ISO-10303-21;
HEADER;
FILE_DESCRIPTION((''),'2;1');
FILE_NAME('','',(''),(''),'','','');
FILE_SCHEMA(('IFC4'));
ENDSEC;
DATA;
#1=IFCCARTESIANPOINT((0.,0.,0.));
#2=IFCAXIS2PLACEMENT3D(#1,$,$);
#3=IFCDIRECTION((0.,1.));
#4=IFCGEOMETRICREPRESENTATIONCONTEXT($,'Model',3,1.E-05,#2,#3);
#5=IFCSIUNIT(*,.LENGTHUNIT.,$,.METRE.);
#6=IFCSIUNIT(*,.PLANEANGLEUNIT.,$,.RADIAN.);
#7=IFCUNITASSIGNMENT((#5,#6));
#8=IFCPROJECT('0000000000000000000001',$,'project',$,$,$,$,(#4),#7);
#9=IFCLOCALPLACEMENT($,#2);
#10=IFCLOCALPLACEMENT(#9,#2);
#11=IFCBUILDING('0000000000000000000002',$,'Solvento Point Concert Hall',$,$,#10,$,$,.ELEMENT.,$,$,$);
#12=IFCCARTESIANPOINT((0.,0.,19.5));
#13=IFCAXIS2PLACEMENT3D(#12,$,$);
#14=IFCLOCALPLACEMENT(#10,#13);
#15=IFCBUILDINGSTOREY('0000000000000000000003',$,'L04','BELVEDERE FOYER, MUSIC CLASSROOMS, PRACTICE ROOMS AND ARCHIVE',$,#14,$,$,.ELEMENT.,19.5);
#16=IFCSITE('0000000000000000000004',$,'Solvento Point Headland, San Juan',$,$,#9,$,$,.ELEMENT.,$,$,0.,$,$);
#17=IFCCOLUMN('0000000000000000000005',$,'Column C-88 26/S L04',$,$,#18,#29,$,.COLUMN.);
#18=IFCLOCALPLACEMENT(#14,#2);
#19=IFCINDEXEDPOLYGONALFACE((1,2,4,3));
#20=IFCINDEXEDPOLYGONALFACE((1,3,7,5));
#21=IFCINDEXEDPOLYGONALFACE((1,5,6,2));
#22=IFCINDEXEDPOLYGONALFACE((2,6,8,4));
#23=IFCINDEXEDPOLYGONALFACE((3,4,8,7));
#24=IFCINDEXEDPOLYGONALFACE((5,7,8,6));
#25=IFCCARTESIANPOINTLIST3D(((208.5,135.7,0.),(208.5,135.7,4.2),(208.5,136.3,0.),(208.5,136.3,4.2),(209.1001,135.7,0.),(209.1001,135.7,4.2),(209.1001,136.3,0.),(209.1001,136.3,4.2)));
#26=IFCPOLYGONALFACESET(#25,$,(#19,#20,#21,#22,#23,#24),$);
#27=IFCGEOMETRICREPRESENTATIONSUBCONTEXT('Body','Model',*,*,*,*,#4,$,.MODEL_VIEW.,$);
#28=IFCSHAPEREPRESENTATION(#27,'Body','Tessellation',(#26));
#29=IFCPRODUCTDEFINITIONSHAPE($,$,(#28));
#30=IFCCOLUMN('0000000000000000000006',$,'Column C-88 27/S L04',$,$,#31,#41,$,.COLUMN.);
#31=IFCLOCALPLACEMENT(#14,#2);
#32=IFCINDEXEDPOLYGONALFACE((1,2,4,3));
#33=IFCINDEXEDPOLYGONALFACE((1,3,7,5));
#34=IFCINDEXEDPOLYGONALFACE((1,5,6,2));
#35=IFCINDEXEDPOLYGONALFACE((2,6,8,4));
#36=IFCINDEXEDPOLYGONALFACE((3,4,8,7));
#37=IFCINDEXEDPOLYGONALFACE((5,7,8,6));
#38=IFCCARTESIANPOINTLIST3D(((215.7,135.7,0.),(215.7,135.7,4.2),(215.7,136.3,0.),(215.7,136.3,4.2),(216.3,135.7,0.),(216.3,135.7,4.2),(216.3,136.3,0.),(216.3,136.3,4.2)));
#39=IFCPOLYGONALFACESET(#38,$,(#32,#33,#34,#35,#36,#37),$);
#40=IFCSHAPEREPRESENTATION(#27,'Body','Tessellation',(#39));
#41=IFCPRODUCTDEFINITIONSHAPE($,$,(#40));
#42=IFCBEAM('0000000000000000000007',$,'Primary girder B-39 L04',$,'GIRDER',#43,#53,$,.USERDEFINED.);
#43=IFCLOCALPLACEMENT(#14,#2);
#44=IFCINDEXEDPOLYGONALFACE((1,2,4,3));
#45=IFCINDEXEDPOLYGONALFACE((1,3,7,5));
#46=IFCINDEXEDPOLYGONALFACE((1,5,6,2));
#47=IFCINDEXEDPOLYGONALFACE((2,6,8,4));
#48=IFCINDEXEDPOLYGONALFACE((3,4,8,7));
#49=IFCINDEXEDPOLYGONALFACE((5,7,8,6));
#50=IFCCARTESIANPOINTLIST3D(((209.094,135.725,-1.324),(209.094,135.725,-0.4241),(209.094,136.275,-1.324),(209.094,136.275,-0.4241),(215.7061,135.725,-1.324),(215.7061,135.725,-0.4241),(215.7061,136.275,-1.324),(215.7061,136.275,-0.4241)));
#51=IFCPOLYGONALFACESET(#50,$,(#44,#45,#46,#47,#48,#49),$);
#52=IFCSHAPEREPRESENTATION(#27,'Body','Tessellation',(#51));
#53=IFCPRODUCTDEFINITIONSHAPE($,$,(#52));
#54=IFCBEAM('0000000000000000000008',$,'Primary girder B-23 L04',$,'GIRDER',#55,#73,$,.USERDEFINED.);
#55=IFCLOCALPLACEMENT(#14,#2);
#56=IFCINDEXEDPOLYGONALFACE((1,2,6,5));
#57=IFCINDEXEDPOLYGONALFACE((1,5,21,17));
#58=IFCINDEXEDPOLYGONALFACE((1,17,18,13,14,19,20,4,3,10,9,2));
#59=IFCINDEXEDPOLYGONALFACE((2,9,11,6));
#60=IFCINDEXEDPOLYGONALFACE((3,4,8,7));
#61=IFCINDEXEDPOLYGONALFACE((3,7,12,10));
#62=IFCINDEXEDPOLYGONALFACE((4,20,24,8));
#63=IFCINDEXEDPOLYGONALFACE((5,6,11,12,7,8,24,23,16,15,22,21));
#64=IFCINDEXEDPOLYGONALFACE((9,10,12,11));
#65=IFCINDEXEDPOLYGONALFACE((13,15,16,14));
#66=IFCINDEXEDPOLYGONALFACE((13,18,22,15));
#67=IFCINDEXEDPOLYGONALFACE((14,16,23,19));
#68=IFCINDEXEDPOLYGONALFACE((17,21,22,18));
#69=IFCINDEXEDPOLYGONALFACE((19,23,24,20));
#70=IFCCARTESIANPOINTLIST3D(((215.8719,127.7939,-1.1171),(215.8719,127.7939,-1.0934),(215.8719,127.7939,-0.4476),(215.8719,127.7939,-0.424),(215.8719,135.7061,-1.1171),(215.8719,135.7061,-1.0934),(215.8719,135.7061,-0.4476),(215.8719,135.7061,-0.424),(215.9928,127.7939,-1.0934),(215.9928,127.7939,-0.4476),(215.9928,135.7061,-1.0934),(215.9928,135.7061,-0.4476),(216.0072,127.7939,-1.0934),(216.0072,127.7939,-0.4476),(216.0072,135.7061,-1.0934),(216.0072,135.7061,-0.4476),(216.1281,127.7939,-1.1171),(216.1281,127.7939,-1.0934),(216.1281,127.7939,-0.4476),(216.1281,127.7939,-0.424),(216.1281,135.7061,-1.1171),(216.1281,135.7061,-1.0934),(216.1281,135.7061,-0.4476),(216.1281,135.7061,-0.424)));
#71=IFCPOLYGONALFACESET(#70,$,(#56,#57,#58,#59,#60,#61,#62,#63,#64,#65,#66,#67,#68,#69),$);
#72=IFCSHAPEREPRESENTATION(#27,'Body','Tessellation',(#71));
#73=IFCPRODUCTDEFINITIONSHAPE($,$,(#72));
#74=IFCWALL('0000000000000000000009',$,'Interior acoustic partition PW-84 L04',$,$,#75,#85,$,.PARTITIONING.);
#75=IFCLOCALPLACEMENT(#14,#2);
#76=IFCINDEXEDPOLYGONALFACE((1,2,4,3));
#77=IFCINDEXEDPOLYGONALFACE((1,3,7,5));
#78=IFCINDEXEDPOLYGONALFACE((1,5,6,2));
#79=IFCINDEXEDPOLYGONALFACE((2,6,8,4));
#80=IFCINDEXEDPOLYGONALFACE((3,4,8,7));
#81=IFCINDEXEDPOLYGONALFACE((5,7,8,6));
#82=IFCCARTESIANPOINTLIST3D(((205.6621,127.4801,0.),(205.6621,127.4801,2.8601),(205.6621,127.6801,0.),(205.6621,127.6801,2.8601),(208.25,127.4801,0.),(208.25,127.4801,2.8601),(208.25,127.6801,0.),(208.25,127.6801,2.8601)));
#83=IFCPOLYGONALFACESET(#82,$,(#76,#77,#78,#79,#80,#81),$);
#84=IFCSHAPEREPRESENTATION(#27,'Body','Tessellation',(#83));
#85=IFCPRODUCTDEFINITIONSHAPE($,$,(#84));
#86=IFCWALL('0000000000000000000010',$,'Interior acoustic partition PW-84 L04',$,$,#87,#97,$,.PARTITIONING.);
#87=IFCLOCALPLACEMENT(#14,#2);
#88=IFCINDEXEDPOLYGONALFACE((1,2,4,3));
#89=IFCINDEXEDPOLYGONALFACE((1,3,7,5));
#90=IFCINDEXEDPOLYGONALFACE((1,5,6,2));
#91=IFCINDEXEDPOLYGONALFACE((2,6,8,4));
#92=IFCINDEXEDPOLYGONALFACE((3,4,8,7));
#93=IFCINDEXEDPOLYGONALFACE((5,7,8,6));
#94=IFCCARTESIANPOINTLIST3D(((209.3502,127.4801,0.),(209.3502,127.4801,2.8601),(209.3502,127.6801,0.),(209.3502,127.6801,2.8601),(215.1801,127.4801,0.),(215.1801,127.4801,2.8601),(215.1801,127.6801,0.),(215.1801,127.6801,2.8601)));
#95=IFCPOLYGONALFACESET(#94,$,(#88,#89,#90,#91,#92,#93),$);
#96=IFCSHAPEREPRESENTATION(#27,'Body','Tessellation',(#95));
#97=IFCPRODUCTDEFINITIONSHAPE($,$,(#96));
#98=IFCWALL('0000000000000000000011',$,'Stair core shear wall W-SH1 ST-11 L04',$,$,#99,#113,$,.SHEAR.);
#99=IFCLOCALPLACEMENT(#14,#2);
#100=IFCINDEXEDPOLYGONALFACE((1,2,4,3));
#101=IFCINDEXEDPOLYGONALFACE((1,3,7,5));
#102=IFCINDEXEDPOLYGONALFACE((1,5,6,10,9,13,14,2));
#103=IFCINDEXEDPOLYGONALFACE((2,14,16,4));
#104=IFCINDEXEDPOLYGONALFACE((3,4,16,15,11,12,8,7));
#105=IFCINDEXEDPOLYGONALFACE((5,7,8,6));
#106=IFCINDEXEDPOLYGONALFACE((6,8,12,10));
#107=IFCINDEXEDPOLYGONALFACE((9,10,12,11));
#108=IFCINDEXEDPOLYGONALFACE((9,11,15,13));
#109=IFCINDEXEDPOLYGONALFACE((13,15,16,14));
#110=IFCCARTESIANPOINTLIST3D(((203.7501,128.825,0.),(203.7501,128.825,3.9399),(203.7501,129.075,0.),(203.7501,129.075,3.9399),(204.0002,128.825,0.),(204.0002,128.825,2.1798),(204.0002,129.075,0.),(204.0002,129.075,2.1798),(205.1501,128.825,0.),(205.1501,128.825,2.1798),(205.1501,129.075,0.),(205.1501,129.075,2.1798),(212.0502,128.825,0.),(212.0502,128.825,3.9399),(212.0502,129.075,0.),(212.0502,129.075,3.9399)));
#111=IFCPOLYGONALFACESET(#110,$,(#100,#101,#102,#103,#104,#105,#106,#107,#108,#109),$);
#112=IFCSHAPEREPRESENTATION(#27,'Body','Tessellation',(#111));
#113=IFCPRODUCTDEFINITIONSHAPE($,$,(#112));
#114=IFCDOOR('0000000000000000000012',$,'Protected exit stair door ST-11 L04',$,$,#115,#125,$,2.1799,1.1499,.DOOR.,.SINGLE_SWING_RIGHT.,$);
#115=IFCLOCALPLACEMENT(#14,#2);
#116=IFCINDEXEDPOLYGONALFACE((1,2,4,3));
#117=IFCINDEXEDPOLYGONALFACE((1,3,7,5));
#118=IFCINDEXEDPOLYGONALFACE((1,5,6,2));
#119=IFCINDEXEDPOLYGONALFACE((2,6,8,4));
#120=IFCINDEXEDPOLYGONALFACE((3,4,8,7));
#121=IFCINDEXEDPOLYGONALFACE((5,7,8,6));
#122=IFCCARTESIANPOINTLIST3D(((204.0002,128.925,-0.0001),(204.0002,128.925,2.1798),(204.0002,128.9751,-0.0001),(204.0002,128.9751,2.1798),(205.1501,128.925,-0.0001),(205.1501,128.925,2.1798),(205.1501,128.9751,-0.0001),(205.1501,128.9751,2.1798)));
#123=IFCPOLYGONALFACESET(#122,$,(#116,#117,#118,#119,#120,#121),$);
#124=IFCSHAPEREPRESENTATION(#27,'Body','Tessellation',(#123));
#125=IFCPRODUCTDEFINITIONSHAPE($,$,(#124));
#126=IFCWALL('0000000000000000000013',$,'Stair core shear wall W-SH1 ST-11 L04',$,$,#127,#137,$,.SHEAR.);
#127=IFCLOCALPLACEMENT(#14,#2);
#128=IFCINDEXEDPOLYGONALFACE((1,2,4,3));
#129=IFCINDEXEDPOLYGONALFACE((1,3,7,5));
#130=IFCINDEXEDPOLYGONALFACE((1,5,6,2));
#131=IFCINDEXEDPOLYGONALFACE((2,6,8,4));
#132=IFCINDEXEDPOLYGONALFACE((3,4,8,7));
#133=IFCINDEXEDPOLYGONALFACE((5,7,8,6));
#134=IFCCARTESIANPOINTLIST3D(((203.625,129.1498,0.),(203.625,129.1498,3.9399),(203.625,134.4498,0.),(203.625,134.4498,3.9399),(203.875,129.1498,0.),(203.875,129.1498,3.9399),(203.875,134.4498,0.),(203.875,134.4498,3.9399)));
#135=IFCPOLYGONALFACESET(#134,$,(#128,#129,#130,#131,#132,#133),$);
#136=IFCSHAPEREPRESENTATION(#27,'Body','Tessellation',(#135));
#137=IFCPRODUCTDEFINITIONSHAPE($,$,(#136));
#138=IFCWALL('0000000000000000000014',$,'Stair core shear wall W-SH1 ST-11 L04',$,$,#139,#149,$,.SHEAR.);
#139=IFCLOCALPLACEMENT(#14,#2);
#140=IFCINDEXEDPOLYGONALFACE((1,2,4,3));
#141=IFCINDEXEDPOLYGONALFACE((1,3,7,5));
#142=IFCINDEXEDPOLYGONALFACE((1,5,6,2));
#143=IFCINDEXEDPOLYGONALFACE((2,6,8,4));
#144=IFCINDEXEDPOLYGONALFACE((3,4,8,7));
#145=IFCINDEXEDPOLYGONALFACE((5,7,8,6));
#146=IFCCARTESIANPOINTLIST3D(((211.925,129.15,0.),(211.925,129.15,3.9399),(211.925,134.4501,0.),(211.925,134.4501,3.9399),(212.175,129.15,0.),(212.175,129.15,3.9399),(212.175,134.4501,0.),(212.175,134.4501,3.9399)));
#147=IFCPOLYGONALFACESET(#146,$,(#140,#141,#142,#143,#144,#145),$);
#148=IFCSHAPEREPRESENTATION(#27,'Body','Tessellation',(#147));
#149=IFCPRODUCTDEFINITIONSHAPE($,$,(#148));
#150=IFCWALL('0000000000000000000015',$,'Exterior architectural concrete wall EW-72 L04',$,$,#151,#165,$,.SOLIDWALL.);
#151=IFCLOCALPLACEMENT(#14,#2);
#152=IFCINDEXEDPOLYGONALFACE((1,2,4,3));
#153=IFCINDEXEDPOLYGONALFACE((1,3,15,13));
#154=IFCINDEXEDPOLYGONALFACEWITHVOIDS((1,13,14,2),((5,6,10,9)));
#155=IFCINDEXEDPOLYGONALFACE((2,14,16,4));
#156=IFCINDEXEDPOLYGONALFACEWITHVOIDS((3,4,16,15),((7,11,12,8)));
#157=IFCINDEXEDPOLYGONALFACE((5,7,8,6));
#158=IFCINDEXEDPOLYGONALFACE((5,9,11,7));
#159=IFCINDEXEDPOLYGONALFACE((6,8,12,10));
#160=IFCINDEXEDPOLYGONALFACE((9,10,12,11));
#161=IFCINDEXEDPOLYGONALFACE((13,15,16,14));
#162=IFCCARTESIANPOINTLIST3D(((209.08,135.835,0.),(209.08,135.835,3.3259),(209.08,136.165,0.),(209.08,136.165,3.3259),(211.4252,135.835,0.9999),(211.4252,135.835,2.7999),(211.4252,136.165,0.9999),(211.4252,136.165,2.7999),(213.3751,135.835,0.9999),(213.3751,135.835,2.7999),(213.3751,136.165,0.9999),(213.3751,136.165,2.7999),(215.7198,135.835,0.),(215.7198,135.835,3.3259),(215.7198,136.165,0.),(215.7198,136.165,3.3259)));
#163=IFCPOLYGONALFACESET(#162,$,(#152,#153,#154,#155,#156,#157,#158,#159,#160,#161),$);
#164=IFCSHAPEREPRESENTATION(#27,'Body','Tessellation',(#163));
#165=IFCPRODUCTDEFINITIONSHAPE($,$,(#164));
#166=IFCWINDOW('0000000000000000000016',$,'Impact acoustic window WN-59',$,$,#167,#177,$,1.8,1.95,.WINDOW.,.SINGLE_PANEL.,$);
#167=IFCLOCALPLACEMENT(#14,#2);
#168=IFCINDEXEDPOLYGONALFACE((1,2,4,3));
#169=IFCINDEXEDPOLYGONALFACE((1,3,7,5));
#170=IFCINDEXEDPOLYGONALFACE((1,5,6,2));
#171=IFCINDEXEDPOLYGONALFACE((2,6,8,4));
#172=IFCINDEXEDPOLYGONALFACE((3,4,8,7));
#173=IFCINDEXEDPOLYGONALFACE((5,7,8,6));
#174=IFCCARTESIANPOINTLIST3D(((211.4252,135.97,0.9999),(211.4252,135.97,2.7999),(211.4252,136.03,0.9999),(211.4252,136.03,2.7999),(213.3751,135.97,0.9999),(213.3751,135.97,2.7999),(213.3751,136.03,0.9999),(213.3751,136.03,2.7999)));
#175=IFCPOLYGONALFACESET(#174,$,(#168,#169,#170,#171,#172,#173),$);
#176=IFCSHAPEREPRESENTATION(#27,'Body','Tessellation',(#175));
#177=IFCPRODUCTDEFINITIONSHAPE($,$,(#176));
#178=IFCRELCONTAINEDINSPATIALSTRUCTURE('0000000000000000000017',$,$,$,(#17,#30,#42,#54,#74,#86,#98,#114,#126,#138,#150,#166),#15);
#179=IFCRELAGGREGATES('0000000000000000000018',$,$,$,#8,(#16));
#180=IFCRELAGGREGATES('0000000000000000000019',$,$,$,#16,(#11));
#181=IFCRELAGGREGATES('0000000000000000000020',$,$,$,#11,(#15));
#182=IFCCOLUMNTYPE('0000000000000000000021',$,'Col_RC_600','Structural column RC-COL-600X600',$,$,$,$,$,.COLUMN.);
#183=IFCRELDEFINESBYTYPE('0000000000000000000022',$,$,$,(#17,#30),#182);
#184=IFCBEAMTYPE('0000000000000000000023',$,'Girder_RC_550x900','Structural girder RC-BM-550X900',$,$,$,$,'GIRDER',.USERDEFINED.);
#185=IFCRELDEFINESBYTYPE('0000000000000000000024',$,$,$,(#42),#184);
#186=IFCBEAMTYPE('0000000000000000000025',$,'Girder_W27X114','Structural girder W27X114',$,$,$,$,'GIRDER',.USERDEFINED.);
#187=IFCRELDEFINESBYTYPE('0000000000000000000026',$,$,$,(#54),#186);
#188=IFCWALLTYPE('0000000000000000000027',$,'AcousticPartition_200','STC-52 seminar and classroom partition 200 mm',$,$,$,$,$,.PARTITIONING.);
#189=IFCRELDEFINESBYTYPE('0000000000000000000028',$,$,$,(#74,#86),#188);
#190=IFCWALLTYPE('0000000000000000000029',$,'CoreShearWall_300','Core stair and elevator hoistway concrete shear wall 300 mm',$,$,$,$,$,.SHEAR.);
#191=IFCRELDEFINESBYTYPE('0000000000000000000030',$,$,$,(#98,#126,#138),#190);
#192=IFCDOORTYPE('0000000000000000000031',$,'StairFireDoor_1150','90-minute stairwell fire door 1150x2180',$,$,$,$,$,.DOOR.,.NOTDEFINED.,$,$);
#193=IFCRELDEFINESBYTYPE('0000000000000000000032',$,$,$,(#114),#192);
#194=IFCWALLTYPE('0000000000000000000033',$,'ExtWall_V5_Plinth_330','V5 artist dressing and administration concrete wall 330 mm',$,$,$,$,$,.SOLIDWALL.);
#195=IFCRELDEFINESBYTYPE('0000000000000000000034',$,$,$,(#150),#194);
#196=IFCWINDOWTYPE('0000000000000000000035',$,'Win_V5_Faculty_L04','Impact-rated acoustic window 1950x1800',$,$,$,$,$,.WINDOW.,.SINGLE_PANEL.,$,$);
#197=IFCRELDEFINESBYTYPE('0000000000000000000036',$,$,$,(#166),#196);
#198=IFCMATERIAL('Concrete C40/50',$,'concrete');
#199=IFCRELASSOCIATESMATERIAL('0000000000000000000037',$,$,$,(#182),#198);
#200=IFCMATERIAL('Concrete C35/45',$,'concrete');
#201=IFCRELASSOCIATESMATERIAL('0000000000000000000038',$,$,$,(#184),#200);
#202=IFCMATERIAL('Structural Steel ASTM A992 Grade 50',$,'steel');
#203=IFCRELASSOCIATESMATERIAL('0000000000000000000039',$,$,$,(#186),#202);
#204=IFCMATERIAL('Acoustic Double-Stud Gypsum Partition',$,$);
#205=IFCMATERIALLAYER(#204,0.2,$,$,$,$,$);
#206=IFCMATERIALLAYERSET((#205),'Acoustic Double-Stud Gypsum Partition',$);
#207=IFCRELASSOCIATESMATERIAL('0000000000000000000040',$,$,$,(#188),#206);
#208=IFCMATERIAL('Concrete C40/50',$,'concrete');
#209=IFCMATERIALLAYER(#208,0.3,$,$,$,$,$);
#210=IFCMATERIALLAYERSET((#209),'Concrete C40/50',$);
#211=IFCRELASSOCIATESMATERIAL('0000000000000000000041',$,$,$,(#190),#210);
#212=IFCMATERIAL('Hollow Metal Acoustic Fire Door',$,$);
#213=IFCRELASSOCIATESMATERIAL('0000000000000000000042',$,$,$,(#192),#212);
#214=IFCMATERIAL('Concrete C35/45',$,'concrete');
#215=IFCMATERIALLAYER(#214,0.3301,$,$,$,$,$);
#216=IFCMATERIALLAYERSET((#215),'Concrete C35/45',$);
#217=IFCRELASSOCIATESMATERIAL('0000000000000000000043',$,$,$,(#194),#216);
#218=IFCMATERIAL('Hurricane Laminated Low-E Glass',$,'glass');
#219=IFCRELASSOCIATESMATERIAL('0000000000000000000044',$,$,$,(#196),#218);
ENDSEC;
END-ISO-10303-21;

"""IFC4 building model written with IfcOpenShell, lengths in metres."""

from ifc_helpers import new_model, si_unit, direction, frame, frame_2d, origin, origin_2d, place, context, subcontext, project, spatial, rectangle, i_section, extrude, material, layer, layer_set, material_profile, profile_set, type_object, element, fill, save


model = new_model("IFC4")

# Units and contexts
model_context = context("Model", 3, precision=1e-05, world=origin(), true_north=direction((0.0, 1.0)))
body_context = subcontext(model_context, "Body", "Model", "MODEL_VIEW")
ifc_project = project(units=[si_unit("LENGTHUNIT", "METRE"), si_unit("PLANEANGLEUNIT", "RADIAN")], contexts=[model_context])

# Site, building, storey
site_placement = place(None, origin())
site = spatial("IfcSite", under=ifc_project, at=site_placement, Name="Solvento Point Headland, San Juan", CompositionType="ELEMENT", RefElevation=0.0)
building_placement = place(site_placement, origin())
building = spatial("IfcBuilding", under=site, at=building_placement, Name="Solvento Point Concert Hall", CompositionType="ELEMENT")
storey_placement = place(building_placement, frame((0.0, 0.0, 19.5)))
storey = spatial("IfcBuildingStorey", under=building, at=storey_placement, Name="L04", Description="BELVEDERE FOYER, MUSIC CLASSROOMS, PRACTICE ROOMS AND ARCHIVE", CompositionType="ELEMENT", Elevation=19.5)

# Columns
ifc_material_1 = material(Name="Concrete C40/50", Category="concrete")
ifc_material_profile_1 = material_profile(ifc_material_1, rectangle(XDim=0.6001, YDim=0.6001, at=origin_2d()), Name="RC-COL-600X600")
ifc_profile_set_1 = profile_set([ifc_material_profile_1], Name="Concrete C40/50")
column_type = type_object("IfcColumnType", Name="Col_RC_600", Description="Structural column RC-COL-600X600", PredefinedType="COLUMN", material=ifc_profile_set_1)
for number, where, z_axis, x_axis, name in (
    (1, (208.8, 136.0, 0.0), (0.0, 0.0, 1.0), (1.0, 0.0, 0.0), "Column C-88 26/S L04"),
    (2, (216.0, 136.0, 0.0), (0.0, 0.0, 1.0), (1.0, 0.0, 0.0), "Column C-88 27/S L04"),
):
    element("IfcColumn", number, at=place(storey_placement, frame(where, z_axis=z_axis, x_axis=x_axis)), inside=storey, type_object=column_type, Name=name, PredefinedType="COLUMN", context=body_context, shape_type="SweptSolid", body=[
        extrude(rectangle(XDim=0.6001, YDim=0.6001, at=origin_2d()), origin(), (0.0, 0.0, 1.0), 4.2),
    ])

# Beams
ifc_material_2 = material(Name="Concrete C35/45", Category="concrete")
ifc_material_profile_2 = material_profile(ifc_material_2, rectangle(XDim=0.55, YDim=0.8999, at=origin_2d()), Name="RC-BM-550X900")
ifc_profile_set_2 = profile_set([ifc_material_profile_2], Name="Concrete C35/45")
beam_type_1 = type_object("IfcBeamType", Name="Girder_RC_550x900", Description="Structural girder RC-BM-550X900", ElementType="GIRDER", PredefinedType="USERDEFINED", material=ifc_profile_set_2)
beam_1_placement = place(storey_placement, frame((209.094, 136.0, -0.874), z_axis=(1.0, 0.0, 0.0), x_axis=(0.0, 1.0, 0.0)))
element("IfcBeam", 3, at=beam_1_placement, inside=storey, type_object=beam_type_1, Name="Primary girder B-39 L04", ObjectType="GIRDER", PredefinedType="USERDEFINED", context=body_context, shape_type="SweptSolid", body=[
    extrude(rectangle(XDim=0.55, YDim=0.8999, at=origin_2d()), origin(), (0.0, 0.0, 1.0), 6.6121),
])
ifc_material_3 = material(Name="Structural Steel ASTM A992 Grade 50", Category="steel")
ifc_material_profile_3 = material_profile(ifc_material_3, i_section(OverallWidth=0.2561, OverallDepth=0.6931, WebThickness=0.0144, FlangeThickness=0.0237, at=origin_2d()), Name="W27X114")
ifc_profile_set_3 = profile_set([ifc_material_profile_3], Name="Structural Steel ASTM A992 Grade 50")
beam_type_2 = type_object("IfcBeamType", Name="Girder_W27X114", Description="Structural girder W27X114", ElementType="GIRDER", PredefinedType="USERDEFINED", material=ifc_profile_set_3)
beam_2_placement = place(storey_placement, frame((216.0, 127.7939, -0.7705), z_axis=(0.0, 1.0, 0.0), x_axis=(-1.0, 0.0, 0.0)))
element("IfcBeam", 4, at=beam_2_placement, inside=storey, type_object=beam_type_2, Name="Primary girder B-23 L04", ObjectType="GIRDER", PredefinedType="USERDEFINED", context=body_context, shape_type="SweptSolid", body=[
    extrude(i_section(OverallWidth=0.2561, OverallDepth=0.6931, WebThickness=0.0144, FlangeThickness=0.0237, at=origin_2d()), origin(), (0.0, 0.0, 1.0), 7.9121),
])

# Walls
ifc_material_4 = material(Name="Acoustic Double-Stud Gypsum Partition")
ifc_layer_1 = layer(ifc_material_4, 0.2)
ifc_layer_set_1 = layer_set([ifc_layer_1], Name="Acoustic Double-Stud Gypsum Partition")
wall_type_1 = type_object("IfcWallType", Name="AcousticPartition_200", Description="STC-52 seminar and classroom partition 200 mm", PredefinedType="PARTITIONING", material=ifc_layer_set_1)
wall_1_placement = place(storey_placement, frame((205.6621, 127.5801, 0.0), z_axis=(0.0, 0.0, 1.0), x_axis=(1.0, 0.0, 0.0)))
element("IfcWall", 5, at=wall_1_placement, inside=storey, type_object=wall_type_1, Name="Interior acoustic partition PW-84 L04", PredefinedType="PARTITIONING", context=body_context, shape_type="SweptSolid", body=[
    extrude(rectangle(XDim=2.5879, YDim=0.2, at=frame_2d((1.2939, 0.0))), origin(), (0.0, 0.0, 1.0), 2.8601),
])
wall_2_placement = place(storey_placement, frame((209.3501, 127.5801, 0.0), z_axis=(0.0, 0.0, 1.0), x_axis=(1.0, 0.0, 0.0)))
element("IfcWall", 6, at=wall_2_placement, inside=storey, type_object=wall_type_1, Name="Interior acoustic partition PW-84 L04", PredefinedType="PARTITIONING", context=body_context, shape_type="SweptSolid", body=[
    extrude(rectangle(XDim=5.8298, YDim=0.2, at=frame_2d((2.915, 0.0))), origin(), (0.0, 0.0, 1.0), 2.8601),
])

# Wall, opening, door
ifc_material_5 = material(Name="Concrete C40/50", Category="concrete")
ifc_layer_2 = layer(ifc_material_5, 0.3)
ifc_layer_set_2 = layer_set([ifc_layer_2], Name="Concrete C40/50")
wall_type_2 = type_object("IfcWallType", Name="CoreShearWall_300", Description="Core stair and elevator hoistway concrete shear wall 300 mm", PredefinedType="SHEAR", material=ifc_layer_set_2)
wall_3_placement = place(storey_placement, frame((212.05, 128.95, 0.0), z_axis=(0.0, 0.0, 1.0), x_axis=(-1.0, 0.0, 0.0)))
wall_3 = element("IfcWall", 7, at=wall_3_placement, inside=storey, type_object=wall_type_2, Name="Stair core shear wall W-SH1 ST-11 L04", PredefinedType="SHEAR", context=body_context, shape_type="SweptSolid", body=[
    extrude(rectangle(XDim=8.3, YDim=0.25, at=frame_2d((4.1499, 0.0))), origin(), (0.0, 0.0, 1.0), 3.9399),
])
opening_1_placement = place(wall_3_placement, frame((6.8999, 0.0, 0.0)))
opening_1 = element("IfcOpeningElement", 8, at=opening_1_placement, cuts=wall_3, PredefinedType="OPENING", context=body_context, shape_type="SweptSolid", body=[
    extrude(rectangle(XDim=1.1499, YDim=2.1799, at=frame_2d((0.575, 1.0898))), frame((0.0, 0.135, 0.0), z_axis=(0.0, -1.0, 0.0), x_axis=(1.0, 0.0, 0.0)), (0.0, 0.0, 1.0), 0.27),
])
ifc_material_6 = material(Name="Hollow Metal Acoustic Fire Door")
door_type = type_object("IfcDoorType", Name="StairFireDoor_1150", Description="90-minute stairwell fire door 1150x2180", OperationType="NOTDEFINED", PredefinedType="DOOR", material=ifc_material_6)
door_placement = place(opening_1_placement, origin())
door = element("IfcDoor", 9, at=door_placement, inside=storey, type_object=door_type, Name="Protected exit stair door ST-11 L04", OperationType="SINGLE_SWING_RIGHT", OverallHeight=2.1799, OverallWidth=1.1499, PredefinedType="DOOR", context=body_context, shape_type="SweptSolid", body=[
    extrude(rectangle(XDim=1.1499, YDim=2.1799, at=frame_2d((0.575, 1.0898))), frame((0.0, 0.0249, 0.0), z_axis=(0.0, -1.0, 0.0), x_axis=(1.0, 0.0, 0.0)), (0.0, 0.0, 1.0), 0.05),
])
fill(opening_1, door)

# Walls
for number, where, z_axis, x_axis, name in (
    (10, (203.75, 129.1499, 0.0), (0.0, 0.0, 1.0), (0.0, 1.0, 0.0), "Stair core shear wall W-SH1 ST-11 L04"),
    (11, (212.05, 134.45, 0.0), (0.0, 0.0, 1.0), (0.0, -1.0, 0.0), "Stair core shear wall W-SH1 ST-11 L04"),
):
    element("IfcWall", number, at=place(storey_placement, frame(where, z_axis=z_axis, x_axis=x_axis)), inside=storey, type_object=wall_type_2, Name=name, PredefinedType="SHEAR", context=body_context, shape_type="SweptSolid", body=[
        extrude(rectangle(XDim=5.3, YDim=0.25, at=frame_2d((2.6499, 0.0))), origin(), (0.0, 0.0, 1.0), 3.9399),
    ])

# Wall, opening, window
ifc_material_7 = material(Name="Concrete C35/45", Category="concrete")
ifc_layer_3 = layer(ifc_material_7, 0.3301)
ifc_layer_set_3 = layer_set([ifc_layer_3], Name="Concrete C35/45")
wall_type_3 = type_object("IfcWallType", Name="ExtWall_V5_Plinth_330", Description="V5 artist dressing and administration concrete wall 330 mm", PredefinedType="SOLIDWALL", material=ifc_layer_set_3)
wall_4_placement = place(storey_placement, frame((209.0801, 136.0, 0.0), z_axis=(0.0, 0.0, 1.0), x_axis=(1.0, 0.0, 0.0)))
wall_4 = element("IfcWall", 12, at=wall_4_placement, inside=storey, type_object=wall_type_3, Name="Exterior architectural concrete wall EW-72 L04", PredefinedType="SOLIDWALL", context=body_context, shape_type="SweptSolid", body=[
    extrude(rectangle(XDim=6.6399, YDim=0.3301, at=frame_2d((3.3198, 0.0))), origin(), (0.0, 0.0, 1.0), 3.3259),
])
opening_2_placement = place(wall_4_placement, frame((2.345, 0.0, 1.0)))
opening_2 = element("IfcOpeningElement", 13, at=opening_2_placement, cuts=wall_4, PredefinedType="OPENING", context=body_context, shape_type="SweptSolid", body=[
    extrude(rectangle(XDim=1.95, YDim=1.8, at=frame_2d((0.9751, 0.8999))), frame((0.0, 0.175, 0.0), z_axis=(0.0, -1.0, 0.0), x_axis=(1.0, 0.0, 0.0)), (0.0, 0.0, 1.0), 0.3501),
])
ifc_material_8 = material(Name="Hurricane Laminated Low-E Glass", Category="glass")
window_type = type_object("IfcWindowType", Name="Win_V5_Faculty_L04", Description="Impact-rated acoustic window 1950x1800", PartitioningType="SINGLE_PANEL", PredefinedType="WINDOW", material=ifc_material_8)
window_1_placement = place(opening_2_placement, origin())
window_1 = element("IfcWindow", 14, at=window_1_placement, inside=storey, type_object=window_type, Name="Impact acoustic window WN-59", OverallHeight=1.8, OverallWidth=1.95, PartitioningType="SINGLE_PANEL", PredefinedType="WINDOW", context=body_context, shape_type="SweptSolid", body=[
    extrude(rectangle(XDim=1.95, YDim=1.8, at=frame_2d((0.9751, 0.8999))), frame((0.0, 0.03, 0.0), z_axis=(0.0, -1.0, 0.0), x_axis=(1.0, 0.0, 0.0)), (0.0, 0.0, 1.0), 0.0601),
])
fill(opening_2, window_1)

save(model, "model.ifc")
